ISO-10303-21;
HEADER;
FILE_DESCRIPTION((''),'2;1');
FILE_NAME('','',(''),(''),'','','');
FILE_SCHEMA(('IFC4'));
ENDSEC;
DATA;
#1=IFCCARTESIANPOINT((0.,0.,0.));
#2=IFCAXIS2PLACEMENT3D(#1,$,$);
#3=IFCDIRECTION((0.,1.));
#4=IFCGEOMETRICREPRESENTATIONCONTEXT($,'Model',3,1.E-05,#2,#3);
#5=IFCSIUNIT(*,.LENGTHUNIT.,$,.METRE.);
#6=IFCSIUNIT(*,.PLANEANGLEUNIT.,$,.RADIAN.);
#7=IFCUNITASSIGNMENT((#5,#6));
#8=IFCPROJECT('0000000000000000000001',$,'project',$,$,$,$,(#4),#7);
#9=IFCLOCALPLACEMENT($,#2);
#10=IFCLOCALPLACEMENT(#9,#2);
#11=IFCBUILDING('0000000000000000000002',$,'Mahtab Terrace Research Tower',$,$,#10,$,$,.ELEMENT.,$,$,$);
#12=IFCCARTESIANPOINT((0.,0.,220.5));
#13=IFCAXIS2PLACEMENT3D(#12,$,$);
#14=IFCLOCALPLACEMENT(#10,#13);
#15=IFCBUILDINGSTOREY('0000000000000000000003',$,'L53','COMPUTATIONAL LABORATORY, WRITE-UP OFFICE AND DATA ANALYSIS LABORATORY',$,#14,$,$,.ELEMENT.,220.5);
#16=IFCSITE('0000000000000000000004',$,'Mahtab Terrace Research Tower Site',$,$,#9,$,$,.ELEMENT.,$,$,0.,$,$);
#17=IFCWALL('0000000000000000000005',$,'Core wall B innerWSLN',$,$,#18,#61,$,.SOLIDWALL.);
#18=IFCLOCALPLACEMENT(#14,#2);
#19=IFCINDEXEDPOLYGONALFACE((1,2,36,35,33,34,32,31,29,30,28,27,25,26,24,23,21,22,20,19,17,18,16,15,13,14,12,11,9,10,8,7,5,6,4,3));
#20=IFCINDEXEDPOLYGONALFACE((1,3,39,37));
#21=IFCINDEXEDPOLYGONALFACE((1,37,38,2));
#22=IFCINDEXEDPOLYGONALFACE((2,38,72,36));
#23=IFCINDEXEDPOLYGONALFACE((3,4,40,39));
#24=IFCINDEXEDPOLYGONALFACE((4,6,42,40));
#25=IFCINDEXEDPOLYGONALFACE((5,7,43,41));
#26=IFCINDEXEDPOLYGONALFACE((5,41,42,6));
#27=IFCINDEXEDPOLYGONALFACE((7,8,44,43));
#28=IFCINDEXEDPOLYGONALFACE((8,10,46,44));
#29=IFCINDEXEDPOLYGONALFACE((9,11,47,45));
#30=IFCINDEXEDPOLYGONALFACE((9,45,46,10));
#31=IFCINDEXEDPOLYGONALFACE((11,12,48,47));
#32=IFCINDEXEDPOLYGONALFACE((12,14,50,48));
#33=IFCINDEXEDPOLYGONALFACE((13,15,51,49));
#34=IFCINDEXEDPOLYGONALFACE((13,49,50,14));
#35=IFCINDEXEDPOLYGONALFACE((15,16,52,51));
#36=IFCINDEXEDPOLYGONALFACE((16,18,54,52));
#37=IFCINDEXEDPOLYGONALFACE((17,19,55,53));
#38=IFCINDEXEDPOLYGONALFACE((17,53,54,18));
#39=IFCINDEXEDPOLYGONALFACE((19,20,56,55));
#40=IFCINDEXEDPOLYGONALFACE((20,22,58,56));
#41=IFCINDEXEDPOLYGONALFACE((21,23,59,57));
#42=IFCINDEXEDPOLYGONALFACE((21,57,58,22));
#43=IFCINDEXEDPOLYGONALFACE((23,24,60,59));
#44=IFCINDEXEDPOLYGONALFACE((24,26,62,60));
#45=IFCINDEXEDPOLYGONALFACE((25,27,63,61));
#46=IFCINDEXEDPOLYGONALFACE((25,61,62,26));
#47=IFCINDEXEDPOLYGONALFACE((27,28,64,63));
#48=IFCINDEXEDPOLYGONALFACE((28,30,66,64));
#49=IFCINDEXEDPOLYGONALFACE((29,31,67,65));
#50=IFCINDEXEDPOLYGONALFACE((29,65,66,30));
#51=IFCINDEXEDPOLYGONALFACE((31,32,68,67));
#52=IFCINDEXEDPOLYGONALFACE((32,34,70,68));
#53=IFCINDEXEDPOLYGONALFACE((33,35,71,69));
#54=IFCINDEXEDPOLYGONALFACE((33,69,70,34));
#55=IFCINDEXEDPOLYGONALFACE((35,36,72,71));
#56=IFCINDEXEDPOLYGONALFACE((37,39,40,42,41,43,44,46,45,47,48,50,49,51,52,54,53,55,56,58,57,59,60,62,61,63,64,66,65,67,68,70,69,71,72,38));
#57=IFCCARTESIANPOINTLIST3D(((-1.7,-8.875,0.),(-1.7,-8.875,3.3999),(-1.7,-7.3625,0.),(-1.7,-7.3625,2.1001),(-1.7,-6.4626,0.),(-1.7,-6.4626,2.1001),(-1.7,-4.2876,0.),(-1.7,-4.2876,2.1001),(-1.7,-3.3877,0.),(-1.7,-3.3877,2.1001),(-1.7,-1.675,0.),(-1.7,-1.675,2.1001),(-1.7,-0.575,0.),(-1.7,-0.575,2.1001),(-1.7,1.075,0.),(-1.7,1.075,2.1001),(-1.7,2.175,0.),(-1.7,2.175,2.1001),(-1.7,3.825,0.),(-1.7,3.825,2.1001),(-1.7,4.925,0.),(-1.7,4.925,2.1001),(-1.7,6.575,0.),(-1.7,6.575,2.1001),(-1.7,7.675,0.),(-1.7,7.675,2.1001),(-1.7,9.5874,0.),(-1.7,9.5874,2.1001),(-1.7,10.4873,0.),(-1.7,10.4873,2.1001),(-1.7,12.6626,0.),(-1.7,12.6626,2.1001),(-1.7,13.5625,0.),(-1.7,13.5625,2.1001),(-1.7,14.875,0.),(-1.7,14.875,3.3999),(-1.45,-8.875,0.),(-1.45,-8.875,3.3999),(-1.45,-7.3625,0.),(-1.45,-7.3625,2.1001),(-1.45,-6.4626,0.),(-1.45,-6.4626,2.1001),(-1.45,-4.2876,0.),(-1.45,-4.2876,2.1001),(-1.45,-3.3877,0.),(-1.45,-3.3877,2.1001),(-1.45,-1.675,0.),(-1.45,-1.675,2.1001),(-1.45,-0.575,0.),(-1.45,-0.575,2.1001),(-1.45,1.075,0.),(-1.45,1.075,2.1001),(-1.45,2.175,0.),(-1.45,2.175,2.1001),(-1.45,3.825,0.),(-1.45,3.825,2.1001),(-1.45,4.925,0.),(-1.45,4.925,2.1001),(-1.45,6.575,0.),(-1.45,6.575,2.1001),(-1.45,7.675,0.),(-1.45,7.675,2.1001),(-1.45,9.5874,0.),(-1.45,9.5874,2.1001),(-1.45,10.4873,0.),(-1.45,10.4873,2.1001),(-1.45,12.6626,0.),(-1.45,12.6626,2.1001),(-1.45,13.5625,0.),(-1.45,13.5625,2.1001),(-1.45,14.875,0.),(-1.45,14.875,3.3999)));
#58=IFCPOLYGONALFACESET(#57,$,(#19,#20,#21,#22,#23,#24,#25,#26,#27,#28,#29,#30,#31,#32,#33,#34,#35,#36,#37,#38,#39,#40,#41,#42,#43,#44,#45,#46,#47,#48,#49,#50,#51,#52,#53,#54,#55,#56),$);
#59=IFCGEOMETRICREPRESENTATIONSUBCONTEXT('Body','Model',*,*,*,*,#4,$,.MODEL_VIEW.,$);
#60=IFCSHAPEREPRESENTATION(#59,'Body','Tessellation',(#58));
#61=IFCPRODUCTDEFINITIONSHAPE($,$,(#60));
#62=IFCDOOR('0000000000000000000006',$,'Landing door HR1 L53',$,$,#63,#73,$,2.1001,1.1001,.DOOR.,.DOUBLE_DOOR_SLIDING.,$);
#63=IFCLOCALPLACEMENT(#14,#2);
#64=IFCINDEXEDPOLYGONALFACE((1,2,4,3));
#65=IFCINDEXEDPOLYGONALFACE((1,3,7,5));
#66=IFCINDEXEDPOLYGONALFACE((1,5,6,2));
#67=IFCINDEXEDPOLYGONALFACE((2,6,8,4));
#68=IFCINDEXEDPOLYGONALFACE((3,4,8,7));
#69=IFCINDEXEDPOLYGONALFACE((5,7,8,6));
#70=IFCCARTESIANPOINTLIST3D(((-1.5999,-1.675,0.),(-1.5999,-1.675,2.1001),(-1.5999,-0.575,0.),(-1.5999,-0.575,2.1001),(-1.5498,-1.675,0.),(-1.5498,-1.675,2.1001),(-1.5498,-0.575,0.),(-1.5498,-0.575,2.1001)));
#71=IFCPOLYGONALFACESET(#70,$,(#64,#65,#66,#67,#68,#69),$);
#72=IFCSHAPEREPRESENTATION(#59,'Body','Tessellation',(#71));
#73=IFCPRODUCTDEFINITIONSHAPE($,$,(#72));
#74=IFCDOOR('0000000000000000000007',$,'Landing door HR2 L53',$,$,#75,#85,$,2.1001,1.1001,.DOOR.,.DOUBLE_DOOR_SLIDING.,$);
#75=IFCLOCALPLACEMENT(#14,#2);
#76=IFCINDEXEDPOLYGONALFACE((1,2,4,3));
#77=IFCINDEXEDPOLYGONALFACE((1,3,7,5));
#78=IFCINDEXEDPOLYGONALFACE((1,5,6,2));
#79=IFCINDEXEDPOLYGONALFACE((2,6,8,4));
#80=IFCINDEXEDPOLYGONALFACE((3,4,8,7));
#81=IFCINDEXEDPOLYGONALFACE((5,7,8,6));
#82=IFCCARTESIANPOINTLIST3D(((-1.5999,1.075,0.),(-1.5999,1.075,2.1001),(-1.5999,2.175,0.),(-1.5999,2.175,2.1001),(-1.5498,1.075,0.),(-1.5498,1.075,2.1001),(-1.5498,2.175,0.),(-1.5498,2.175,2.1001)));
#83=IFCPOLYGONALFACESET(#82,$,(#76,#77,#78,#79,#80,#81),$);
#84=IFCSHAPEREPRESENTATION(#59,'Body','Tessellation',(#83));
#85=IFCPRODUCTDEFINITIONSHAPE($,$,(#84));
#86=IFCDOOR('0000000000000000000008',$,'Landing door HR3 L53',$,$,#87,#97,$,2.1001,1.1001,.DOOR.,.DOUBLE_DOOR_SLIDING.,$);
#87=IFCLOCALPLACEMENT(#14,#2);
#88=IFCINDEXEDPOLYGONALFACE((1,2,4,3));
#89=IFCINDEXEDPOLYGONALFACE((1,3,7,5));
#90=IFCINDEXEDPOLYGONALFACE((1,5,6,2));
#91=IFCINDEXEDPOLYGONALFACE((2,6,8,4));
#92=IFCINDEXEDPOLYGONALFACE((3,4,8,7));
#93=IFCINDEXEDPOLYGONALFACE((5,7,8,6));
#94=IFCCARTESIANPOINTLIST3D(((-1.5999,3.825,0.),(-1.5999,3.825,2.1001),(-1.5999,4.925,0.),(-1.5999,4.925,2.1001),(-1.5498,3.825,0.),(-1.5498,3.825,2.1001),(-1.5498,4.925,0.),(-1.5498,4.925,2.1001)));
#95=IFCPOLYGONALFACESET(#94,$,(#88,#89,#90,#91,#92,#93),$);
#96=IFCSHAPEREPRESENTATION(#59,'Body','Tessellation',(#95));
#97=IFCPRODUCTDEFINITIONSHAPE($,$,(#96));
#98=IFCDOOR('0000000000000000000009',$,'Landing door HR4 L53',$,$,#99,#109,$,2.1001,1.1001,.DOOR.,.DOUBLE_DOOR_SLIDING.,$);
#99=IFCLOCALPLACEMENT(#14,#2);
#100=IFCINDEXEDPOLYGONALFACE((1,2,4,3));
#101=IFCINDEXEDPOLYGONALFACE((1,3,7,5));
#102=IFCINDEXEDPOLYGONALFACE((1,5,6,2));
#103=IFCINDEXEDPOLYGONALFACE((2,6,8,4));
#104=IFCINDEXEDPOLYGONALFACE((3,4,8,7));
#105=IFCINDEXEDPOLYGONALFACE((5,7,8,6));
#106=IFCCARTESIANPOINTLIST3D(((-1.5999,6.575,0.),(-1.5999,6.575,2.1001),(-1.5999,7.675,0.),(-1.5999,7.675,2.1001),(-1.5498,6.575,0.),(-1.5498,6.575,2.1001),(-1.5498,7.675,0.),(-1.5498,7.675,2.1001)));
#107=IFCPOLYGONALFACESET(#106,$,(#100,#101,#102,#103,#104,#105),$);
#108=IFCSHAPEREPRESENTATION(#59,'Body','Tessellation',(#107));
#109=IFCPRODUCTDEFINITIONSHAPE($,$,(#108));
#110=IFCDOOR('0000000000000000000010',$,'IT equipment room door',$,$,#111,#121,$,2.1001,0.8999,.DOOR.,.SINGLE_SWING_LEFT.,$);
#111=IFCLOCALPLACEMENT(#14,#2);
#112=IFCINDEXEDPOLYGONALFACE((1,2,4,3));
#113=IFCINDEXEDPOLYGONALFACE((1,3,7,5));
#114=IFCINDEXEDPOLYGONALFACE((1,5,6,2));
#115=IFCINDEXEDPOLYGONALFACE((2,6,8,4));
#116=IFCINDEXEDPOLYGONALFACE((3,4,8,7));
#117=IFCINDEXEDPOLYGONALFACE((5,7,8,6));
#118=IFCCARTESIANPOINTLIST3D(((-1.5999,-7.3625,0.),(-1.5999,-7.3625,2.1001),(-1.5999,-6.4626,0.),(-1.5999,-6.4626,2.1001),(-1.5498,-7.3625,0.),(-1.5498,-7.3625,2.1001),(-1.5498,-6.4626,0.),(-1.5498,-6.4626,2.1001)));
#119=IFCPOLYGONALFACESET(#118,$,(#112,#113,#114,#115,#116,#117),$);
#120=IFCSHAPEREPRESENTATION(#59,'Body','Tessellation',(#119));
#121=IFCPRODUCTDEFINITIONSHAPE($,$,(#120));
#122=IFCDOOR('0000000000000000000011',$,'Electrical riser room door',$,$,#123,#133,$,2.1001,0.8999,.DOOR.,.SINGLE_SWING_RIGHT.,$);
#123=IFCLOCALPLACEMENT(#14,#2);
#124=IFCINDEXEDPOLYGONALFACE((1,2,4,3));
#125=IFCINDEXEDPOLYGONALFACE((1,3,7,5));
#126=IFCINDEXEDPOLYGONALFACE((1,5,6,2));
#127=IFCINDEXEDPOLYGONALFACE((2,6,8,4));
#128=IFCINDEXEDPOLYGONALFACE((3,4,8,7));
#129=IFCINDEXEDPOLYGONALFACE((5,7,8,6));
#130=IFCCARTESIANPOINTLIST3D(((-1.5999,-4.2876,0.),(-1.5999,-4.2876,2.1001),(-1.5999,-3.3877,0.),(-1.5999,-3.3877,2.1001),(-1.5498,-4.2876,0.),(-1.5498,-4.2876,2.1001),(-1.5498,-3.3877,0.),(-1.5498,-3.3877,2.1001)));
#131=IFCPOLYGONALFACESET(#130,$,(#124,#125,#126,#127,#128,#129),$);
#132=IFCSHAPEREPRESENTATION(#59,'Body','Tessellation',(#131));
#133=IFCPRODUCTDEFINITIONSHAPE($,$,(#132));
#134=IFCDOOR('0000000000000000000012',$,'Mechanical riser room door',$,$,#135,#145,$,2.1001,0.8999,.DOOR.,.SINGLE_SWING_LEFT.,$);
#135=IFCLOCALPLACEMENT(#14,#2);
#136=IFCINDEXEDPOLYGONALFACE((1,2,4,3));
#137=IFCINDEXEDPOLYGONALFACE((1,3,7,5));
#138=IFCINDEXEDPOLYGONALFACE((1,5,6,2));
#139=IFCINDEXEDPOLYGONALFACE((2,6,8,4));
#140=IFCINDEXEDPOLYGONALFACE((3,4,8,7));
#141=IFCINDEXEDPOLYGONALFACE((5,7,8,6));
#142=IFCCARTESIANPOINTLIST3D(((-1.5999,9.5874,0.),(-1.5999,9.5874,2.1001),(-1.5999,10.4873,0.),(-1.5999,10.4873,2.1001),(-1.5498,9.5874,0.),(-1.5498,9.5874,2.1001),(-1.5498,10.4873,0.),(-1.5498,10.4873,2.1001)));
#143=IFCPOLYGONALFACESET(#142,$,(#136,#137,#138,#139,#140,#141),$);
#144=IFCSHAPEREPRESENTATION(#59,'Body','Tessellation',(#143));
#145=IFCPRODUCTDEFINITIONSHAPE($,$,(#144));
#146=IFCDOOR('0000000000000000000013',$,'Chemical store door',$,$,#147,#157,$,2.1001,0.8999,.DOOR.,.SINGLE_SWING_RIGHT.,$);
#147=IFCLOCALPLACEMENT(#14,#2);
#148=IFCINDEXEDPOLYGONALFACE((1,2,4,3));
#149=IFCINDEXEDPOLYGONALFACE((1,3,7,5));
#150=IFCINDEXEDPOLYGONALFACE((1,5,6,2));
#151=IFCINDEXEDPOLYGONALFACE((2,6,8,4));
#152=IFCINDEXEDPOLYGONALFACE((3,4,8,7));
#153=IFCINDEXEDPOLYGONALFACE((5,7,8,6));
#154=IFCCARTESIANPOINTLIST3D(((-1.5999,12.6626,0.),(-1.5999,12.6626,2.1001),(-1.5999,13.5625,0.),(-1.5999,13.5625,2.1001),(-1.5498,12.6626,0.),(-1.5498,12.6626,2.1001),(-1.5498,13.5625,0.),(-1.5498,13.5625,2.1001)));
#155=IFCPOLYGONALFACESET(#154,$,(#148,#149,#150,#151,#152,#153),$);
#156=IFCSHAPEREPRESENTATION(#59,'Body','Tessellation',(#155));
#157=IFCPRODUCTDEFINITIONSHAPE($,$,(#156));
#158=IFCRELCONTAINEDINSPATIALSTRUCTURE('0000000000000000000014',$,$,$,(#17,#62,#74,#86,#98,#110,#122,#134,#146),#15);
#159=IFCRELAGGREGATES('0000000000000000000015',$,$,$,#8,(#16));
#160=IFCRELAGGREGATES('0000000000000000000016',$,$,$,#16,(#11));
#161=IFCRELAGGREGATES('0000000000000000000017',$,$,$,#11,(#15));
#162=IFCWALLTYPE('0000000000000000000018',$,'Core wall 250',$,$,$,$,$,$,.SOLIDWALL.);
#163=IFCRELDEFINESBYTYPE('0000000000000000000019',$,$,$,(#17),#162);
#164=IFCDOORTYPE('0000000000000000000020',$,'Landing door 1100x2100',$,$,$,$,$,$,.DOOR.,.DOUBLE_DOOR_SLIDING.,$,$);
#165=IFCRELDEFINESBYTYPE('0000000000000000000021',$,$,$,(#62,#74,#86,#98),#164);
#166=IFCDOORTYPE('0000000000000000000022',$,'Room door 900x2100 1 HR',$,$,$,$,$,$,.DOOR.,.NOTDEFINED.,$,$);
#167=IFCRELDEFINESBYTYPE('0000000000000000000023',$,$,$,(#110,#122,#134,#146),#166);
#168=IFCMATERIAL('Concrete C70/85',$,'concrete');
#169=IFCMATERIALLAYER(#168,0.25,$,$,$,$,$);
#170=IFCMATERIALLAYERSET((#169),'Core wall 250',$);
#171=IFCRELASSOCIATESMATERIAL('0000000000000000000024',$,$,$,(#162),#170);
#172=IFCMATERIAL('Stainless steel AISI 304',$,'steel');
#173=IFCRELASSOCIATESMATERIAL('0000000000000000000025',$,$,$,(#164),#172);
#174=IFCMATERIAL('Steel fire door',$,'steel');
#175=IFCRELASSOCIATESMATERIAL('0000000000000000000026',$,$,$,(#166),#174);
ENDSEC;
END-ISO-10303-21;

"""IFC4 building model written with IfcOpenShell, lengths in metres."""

from ifc_helpers import new_model, si_unit, direction, frame, frame_2d, origin, place, context, subcontext, project, spatial, rectangle, extrude, material, layer, layer_set, type_object, element, fill, save


model = new_model("IFC4")

# Units and contexts
model_context = context("Model", 3, precision=1e-05, world=origin(), true_north=direction((0.0, 1.0)))
body_context = subcontext(model_context, "Body", "Model", "MODEL_VIEW")
ifc_project = project(units=[si_unit("LENGTHUNIT", "METRE"), si_unit("PLANEANGLEUNIT", "RADIAN")], contexts=[model_context])

# Site, building, storey
site_placement = place(None, origin())
site = spatial("IfcSite", under=ifc_project, at=site_placement, Name="Mahtab Terrace Research Tower Site", CompositionType="ELEMENT", RefElevation=0.0)
building_placement = place(site_placement, origin())
building = spatial("IfcBuilding", under=site, at=building_placement, Name="Mahtab Terrace Research Tower", CompositionType="ELEMENT")
storey_placement = place(building_placement, frame((0.0, 0.0, 220.5)))
storey = spatial("IfcBuildingStorey", under=building, at=storey_placement, Name="L53", Description="COMPUTATIONAL LABORATORY, WRITE-UP OFFICE AND DATA ANALYSIS LABORATORY", CompositionType="ELEMENT", Elevation=220.5)

# Shared definitions
ifc_material_1 = material(Name="Concrete C70/85", Category="concrete")

# Wall, openings, doors
ifc_layer_1 = layer(ifc_material_1, 0.25)
ifc_layer_set_1 = layer_set([ifc_layer_1], Name="Core wall 250")
wall_type_1 = type_object("IfcWallType", Name="Core wall 250", PredefinedType="SOLIDWALL", material=ifc_layer_set_1)
wall_1_placement = place(storey_placement, frame((-1.575, -8.875, 0.0), z_axis=(0.0, 0.0, 1.0), x_axis=(0.0, 1.0, 0.0)))
wall_1 = element("IfcWall", 1, at=wall_1_placement, inside=storey, type_object=wall_type_1, Name="Core wall B innerWSLN", PredefinedType="SOLIDWALL", context=body_context, shape_type="SweptSolid", body=[
    extrude(rectangle(XDim=23.75, YDim=0.25, at=frame_2d((11.875, 0.0))), origin(), (0.0, 0.0, 1.0), 3.3999),
])
opening_1_placement = place(wall_1_placement, frame((7.2, 0.0, 0.0)))
opening_1 = element("IfcOpeningElement", 2, at=opening_1_placement, cuts=wall_1, PredefinedType="OPENING", context=body_context, shape_type="SweptSolid", body=[
    extrude(rectangle(XDim=1.1001, YDim=2.1001, at=frame_2d((0.55, 1.05))), frame((0.0, 0.135, 0.0), z_axis=(0.0, -1.0, 0.0), x_axis=(1.0, 0.0, 0.0)), (0.0, 0.0, 1.0), 0.27),
])
opening_2_placement = place(wall_1_placement, frame((9.95, 0.0, 0.0)))
opening_2 = element("IfcOpeningElement", 3, at=opening_2_placement, cuts=wall_1, PredefinedType="OPENING", context=body_context, shape_type="SweptSolid", body=[
    extrude(rectangle(XDim=1.1001, YDim=2.1001, at=frame_2d((0.55, 1.05))), frame((0.0, 0.135, 0.0), z_axis=(0.0, -1.0, 0.0), x_axis=(1.0, 0.0, 0.0)), (0.0, 0.0, 1.0), 0.27),
])
opening_3_placement = place(wall_1_placement, frame((12.7, 0.0, 0.0)))
opening_3 = element("IfcOpeningElement", 4, at=opening_3_placement, cuts=wall_1, PredefinedType="OPENING", context=body_context, shape_type="SweptSolid", body=[
    extrude(rectangle(XDim=1.1001, YDim=2.1001, at=frame_2d((0.55, 1.05))), frame((0.0, 0.135, 0.0), z_axis=(0.0, -1.0, 0.0), x_axis=(1.0, 0.0, 0.0)), (0.0, 0.0, 1.0), 0.27),
])
opening_4_placement = place(wall_1_placement, frame((15.45, 0.0, 0.0)))
opening_4 = element("IfcOpeningElement", 5, at=opening_4_placement, cuts=wall_1, PredefinedType="OPENING", context=body_context, shape_type="SweptSolid", body=[
    extrude(rectangle(XDim=1.1001, YDim=2.1001, at=frame_2d((0.55, 1.05))), frame((0.0, 0.135, 0.0), z_axis=(0.0, -1.0, 0.0), x_axis=(1.0, 0.0, 0.0)), (0.0, 0.0, 1.0), 0.27),
])
opening_5_placement = place(wall_1_placement, frame((1.5125, 0.0, 0.0)))
opening_5 = element("IfcOpeningElement", 6, at=opening_5_placement, cuts=wall_1, PredefinedType="OPENING", context=body_context, shape_type="SweptSolid", body=[
    extrude(rectangle(XDim=0.8999, YDim=2.1001, at=frame_2d((0.45, 1.05))), frame((0.0, 0.135, 0.0), z_axis=(0.0, -1.0, 0.0), x_axis=(1.0, 0.0, 0.0)), (0.0, 0.0, 1.0), 0.27),
])
opening_6_placement = place(wall_1_placement, frame((4.5874, 0.0, 0.0)))
opening_6 = element("IfcOpeningElement", 7, at=opening_6_placement, cuts=wall_1, PredefinedType="OPENING", context=body_context, shape_type="SweptSolid", body=[
    extrude(rectangle(XDim=0.8999, YDim=2.1001, at=frame_2d((0.45, 1.05))), frame((0.0, 0.135, 0.0), z_axis=(0.0, -1.0, 0.0), x_axis=(1.0, 0.0, 0.0)), (0.0, 0.0, 1.0), 0.27),
])
opening_7_placement = place(wall_1_placement, frame((18.4624, 0.0, 0.0)))
opening_7 = element("IfcOpeningElement", 8, at=opening_7_placement, cuts=wall_1, PredefinedType="OPENING", context=body_context, shape_type="SweptSolid", body=[
    extrude(rectangle(XDim=0.8999, YDim=2.1001, at=frame_2d((0.45, 1.05))), frame((0.0, 0.135, 0.0), z_axis=(0.0, -1.0, 0.0), x_axis=(1.0, 0.0, 0.0)), (0.0, 0.0, 1.0), 0.27),
])
opening_8_placement = place(wall_1_placement, frame((21.5376, 0.0, 0.0)))
opening_8 = element("IfcOpeningElement", 9, at=opening_8_placement, cuts=wall_1, PredefinedType="OPENING", context=body_context, shape_type="SweptSolid", body=[
    extrude(rectangle(XDim=0.8999, YDim=2.1001, at=frame_2d((0.45, 1.05))), frame((0.0, 0.135, 0.0), z_axis=(0.0, -1.0, 0.0), x_axis=(1.0, 0.0, 0.0)), (0.0, 0.0, 1.0), 0.27),
])
ifc_material_2 = material(Name="Stainless steel AISI 304", Category="steel")
door_type_1 = type_object("IfcDoorType", Name="Landing door 1100x2100", OperationType="DOUBLE_DOOR_SLIDING", PredefinedType="DOOR", material=ifc_material_2)
door_1_placement = place(opening_1_placement, origin())
door_1 = element("IfcDoor", 10, at=door_1_placement, inside=storey, type_object=door_type_1, Name="Landing door HR1 L53", OperationType="DOUBLE_DOOR_SLIDING", OverallHeight=2.1001, OverallWidth=1.1001, PredefinedType="DOOR", context=body_context, shape_type="SweptSolid", body=[
    extrude(rectangle(XDim=1.1001, YDim=2.1001, at=frame_2d((0.55, 1.05))), frame((0.0, 0.0249, 0.0), z_axis=(0.0, -1.0, 0.0), x_axis=(1.0, 0.0, 0.0)), (0.0, 0.0, 1.0), 0.05),
])
fill(opening_1, door_1)
door_2_placement = place(opening_2_placement, origin())
door_2 = element("IfcDoor", 11, at=door_2_placement, inside=storey, type_object=door_type_1, Name="Landing door HR2 L53", OperationType="DOUBLE_DOOR_SLIDING", OverallHeight=2.1001, OverallWidth=1.1001, PredefinedType="DOOR", context=body_context, shape_type="SweptSolid", body=[
    extrude(rectangle(XDim=1.1001, YDim=2.1001, at=frame_2d((0.55, 1.05))), frame((0.0, 0.0249, 0.0), z_axis=(0.0, -1.0, 0.0), x_axis=(1.0, 0.0, 0.0)), (0.0, 0.0, 1.0), 0.05),
])
fill(opening_2, door_2)
door_3_placement = place(opening_3_placement, origin())
door_3 = element("IfcDoor", 12, at=door_3_placement, inside=storey, type_object=door_type_1, Name="Landing door HR3 L53", OperationType="DOUBLE_DOOR_SLIDING", OverallHeight=2.1001, OverallWidth=1.1001, PredefinedType="DOOR", context=body_context, shape_type="SweptSolid", body=[
    extrude(rectangle(XDim=1.1001, YDim=2.1001, at=frame_2d((0.55, 1.05))), frame((0.0, 0.0249, 0.0), z_axis=(0.0, -1.0, 0.0), x_axis=(1.0, 0.0, 0.0)), (0.0, 0.0, 1.0), 0.05),
])
fill(opening_3, door_3)
door_4_placement = place(opening_4_placement, origin())
door_4 = element("IfcDoor", 13, at=door_4_placement, inside=storey, type_object=door_type_1, Name="Landing door HR4 L53", OperationType="DOUBLE_DOOR_SLIDING", OverallHeight=2.1001, OverallWidth=1.1001, PredefinedType="DOOR", context=body_context, shape_type="SweptSolid", body=[
    extrude(rectangle(XDim=1.1001, YDim=2.1001, at=frame_2d((0.55, 1.05))), frame((0.0, 0.0249, 0.0), z_axis=(0.0, -1.0, 0.0), x_axis=(1.0, 0.0, 0.0)), (0.0, 0.0, 1.0), 0.05),
])
fill(opening_4, door_4)
ifc_material_3 = material(Name="Steel fire door", Category="steel")
door_type_2 = type_object("IfcDoorType", Name="Room door 900x2100 1 HR", OperationType="NOTDEFINED", PredefinedType="DOOR", material=ifc_material_3)
door_5_placement = place(opening_5_placement, origin())
door_5 = element("IfcDoor", 14, at=door_5_placement, inside=storey, type_object=door_type_2, Name="IT equipment room door", OperationType="SINGLE_SWING_LEFT", OverallHeight=2.1001, OverallWidth=0.8999, PredefinedType="DOOR", context=body_context, shape_type="SweptSolid", body=[
    extrude(rectangle(XDim=0.8999, YDim=2.1001, at=frame_2d((0.45, 1.05))), frame((0.0, 0.0249, 0.0), z_axis=(0.0, -1.0, 0.0), x_axis=(1.0, 0.0, 0.0)), (0.0, 0.0, 1.0), 0.05),
])
fill(opening_5, door_5)
door_6_placement = place(opening_6_placement, origin())
door_6 = element("IfcDoor", 15, at=door_6_placement, inside=storey, type_object=door_type_2, Name="Electrical riser room door", OperationType="SINGLE_SWING_RIGHT", OverallHeight=2.1001, OverallWidth=0.8999, PredefinedType="DOOR", context=body_context, shape_type="SweptSolid", body=[
    extrude(rectangle(XDim=0.8999, YDim=2.1001, at=frame_2d((0.45, 1.05))), frame((0.0, 0.0249, 0.0), z_axis=(0.0, -1.0, 0.0), x_axis=(1.0, 0.0, 0.0)), (0.0, 0.0, 1.0), 0.05),
])
fill(opening_6, door_6)
door_7_placement = place(opening_7_placement, origin())
door_7 = element("IfcDoor", 16, at=door_7_placement, inside=storey, type_object=door_type_2, Name="Mechanical riser room door", OperationType="SINGLE_SWING_LEFT", OverallHeight=2.1001, OverallWidth=0.8999, PredefinedType="DOOR", context=body_context, shape_type="SweptSolid", body=[
    extrude(rectangle(XDim=0.8999, YDim=2.1001, at=frame_2d((0.45, 1.05))), frame((0.0, 0.0249, 0.0), z_axis=(0.0, -1.0, 0.0), x_axis=(1.0, 0.0, 0.0)), (0.0, 0.0, 1.0), 0.05),
])
fill(opening_7, door_7)
door_8_placement = place(opening_8_placement, origin())
door_8 = element("IfcDoor", 17, at=door_8_placement, inside=storey, type_object=door_type_2, Name="Chemical store door", OperationType="SINGLE_SWING_RIGHT", OverallHeight=2.1001, OverallWidth=0.8999, PredefinedType="DOOR", context=body_context, shape_type="SweptSolid", body=[
    extrude(rectangle(XDim=0.8999, YDim=2.1001, at=frame_2d((0.45, 1.05))), frame((0.0, 0.0249, 0.0), z_axis=(0.0, -1.0, 0.0), x_axis=(1.0, 0.0, 0.0)), (0.0, 0.0, 1.0), 0.05),
])
fill(opening_8, door_8)

save(model, "model.ifc")
